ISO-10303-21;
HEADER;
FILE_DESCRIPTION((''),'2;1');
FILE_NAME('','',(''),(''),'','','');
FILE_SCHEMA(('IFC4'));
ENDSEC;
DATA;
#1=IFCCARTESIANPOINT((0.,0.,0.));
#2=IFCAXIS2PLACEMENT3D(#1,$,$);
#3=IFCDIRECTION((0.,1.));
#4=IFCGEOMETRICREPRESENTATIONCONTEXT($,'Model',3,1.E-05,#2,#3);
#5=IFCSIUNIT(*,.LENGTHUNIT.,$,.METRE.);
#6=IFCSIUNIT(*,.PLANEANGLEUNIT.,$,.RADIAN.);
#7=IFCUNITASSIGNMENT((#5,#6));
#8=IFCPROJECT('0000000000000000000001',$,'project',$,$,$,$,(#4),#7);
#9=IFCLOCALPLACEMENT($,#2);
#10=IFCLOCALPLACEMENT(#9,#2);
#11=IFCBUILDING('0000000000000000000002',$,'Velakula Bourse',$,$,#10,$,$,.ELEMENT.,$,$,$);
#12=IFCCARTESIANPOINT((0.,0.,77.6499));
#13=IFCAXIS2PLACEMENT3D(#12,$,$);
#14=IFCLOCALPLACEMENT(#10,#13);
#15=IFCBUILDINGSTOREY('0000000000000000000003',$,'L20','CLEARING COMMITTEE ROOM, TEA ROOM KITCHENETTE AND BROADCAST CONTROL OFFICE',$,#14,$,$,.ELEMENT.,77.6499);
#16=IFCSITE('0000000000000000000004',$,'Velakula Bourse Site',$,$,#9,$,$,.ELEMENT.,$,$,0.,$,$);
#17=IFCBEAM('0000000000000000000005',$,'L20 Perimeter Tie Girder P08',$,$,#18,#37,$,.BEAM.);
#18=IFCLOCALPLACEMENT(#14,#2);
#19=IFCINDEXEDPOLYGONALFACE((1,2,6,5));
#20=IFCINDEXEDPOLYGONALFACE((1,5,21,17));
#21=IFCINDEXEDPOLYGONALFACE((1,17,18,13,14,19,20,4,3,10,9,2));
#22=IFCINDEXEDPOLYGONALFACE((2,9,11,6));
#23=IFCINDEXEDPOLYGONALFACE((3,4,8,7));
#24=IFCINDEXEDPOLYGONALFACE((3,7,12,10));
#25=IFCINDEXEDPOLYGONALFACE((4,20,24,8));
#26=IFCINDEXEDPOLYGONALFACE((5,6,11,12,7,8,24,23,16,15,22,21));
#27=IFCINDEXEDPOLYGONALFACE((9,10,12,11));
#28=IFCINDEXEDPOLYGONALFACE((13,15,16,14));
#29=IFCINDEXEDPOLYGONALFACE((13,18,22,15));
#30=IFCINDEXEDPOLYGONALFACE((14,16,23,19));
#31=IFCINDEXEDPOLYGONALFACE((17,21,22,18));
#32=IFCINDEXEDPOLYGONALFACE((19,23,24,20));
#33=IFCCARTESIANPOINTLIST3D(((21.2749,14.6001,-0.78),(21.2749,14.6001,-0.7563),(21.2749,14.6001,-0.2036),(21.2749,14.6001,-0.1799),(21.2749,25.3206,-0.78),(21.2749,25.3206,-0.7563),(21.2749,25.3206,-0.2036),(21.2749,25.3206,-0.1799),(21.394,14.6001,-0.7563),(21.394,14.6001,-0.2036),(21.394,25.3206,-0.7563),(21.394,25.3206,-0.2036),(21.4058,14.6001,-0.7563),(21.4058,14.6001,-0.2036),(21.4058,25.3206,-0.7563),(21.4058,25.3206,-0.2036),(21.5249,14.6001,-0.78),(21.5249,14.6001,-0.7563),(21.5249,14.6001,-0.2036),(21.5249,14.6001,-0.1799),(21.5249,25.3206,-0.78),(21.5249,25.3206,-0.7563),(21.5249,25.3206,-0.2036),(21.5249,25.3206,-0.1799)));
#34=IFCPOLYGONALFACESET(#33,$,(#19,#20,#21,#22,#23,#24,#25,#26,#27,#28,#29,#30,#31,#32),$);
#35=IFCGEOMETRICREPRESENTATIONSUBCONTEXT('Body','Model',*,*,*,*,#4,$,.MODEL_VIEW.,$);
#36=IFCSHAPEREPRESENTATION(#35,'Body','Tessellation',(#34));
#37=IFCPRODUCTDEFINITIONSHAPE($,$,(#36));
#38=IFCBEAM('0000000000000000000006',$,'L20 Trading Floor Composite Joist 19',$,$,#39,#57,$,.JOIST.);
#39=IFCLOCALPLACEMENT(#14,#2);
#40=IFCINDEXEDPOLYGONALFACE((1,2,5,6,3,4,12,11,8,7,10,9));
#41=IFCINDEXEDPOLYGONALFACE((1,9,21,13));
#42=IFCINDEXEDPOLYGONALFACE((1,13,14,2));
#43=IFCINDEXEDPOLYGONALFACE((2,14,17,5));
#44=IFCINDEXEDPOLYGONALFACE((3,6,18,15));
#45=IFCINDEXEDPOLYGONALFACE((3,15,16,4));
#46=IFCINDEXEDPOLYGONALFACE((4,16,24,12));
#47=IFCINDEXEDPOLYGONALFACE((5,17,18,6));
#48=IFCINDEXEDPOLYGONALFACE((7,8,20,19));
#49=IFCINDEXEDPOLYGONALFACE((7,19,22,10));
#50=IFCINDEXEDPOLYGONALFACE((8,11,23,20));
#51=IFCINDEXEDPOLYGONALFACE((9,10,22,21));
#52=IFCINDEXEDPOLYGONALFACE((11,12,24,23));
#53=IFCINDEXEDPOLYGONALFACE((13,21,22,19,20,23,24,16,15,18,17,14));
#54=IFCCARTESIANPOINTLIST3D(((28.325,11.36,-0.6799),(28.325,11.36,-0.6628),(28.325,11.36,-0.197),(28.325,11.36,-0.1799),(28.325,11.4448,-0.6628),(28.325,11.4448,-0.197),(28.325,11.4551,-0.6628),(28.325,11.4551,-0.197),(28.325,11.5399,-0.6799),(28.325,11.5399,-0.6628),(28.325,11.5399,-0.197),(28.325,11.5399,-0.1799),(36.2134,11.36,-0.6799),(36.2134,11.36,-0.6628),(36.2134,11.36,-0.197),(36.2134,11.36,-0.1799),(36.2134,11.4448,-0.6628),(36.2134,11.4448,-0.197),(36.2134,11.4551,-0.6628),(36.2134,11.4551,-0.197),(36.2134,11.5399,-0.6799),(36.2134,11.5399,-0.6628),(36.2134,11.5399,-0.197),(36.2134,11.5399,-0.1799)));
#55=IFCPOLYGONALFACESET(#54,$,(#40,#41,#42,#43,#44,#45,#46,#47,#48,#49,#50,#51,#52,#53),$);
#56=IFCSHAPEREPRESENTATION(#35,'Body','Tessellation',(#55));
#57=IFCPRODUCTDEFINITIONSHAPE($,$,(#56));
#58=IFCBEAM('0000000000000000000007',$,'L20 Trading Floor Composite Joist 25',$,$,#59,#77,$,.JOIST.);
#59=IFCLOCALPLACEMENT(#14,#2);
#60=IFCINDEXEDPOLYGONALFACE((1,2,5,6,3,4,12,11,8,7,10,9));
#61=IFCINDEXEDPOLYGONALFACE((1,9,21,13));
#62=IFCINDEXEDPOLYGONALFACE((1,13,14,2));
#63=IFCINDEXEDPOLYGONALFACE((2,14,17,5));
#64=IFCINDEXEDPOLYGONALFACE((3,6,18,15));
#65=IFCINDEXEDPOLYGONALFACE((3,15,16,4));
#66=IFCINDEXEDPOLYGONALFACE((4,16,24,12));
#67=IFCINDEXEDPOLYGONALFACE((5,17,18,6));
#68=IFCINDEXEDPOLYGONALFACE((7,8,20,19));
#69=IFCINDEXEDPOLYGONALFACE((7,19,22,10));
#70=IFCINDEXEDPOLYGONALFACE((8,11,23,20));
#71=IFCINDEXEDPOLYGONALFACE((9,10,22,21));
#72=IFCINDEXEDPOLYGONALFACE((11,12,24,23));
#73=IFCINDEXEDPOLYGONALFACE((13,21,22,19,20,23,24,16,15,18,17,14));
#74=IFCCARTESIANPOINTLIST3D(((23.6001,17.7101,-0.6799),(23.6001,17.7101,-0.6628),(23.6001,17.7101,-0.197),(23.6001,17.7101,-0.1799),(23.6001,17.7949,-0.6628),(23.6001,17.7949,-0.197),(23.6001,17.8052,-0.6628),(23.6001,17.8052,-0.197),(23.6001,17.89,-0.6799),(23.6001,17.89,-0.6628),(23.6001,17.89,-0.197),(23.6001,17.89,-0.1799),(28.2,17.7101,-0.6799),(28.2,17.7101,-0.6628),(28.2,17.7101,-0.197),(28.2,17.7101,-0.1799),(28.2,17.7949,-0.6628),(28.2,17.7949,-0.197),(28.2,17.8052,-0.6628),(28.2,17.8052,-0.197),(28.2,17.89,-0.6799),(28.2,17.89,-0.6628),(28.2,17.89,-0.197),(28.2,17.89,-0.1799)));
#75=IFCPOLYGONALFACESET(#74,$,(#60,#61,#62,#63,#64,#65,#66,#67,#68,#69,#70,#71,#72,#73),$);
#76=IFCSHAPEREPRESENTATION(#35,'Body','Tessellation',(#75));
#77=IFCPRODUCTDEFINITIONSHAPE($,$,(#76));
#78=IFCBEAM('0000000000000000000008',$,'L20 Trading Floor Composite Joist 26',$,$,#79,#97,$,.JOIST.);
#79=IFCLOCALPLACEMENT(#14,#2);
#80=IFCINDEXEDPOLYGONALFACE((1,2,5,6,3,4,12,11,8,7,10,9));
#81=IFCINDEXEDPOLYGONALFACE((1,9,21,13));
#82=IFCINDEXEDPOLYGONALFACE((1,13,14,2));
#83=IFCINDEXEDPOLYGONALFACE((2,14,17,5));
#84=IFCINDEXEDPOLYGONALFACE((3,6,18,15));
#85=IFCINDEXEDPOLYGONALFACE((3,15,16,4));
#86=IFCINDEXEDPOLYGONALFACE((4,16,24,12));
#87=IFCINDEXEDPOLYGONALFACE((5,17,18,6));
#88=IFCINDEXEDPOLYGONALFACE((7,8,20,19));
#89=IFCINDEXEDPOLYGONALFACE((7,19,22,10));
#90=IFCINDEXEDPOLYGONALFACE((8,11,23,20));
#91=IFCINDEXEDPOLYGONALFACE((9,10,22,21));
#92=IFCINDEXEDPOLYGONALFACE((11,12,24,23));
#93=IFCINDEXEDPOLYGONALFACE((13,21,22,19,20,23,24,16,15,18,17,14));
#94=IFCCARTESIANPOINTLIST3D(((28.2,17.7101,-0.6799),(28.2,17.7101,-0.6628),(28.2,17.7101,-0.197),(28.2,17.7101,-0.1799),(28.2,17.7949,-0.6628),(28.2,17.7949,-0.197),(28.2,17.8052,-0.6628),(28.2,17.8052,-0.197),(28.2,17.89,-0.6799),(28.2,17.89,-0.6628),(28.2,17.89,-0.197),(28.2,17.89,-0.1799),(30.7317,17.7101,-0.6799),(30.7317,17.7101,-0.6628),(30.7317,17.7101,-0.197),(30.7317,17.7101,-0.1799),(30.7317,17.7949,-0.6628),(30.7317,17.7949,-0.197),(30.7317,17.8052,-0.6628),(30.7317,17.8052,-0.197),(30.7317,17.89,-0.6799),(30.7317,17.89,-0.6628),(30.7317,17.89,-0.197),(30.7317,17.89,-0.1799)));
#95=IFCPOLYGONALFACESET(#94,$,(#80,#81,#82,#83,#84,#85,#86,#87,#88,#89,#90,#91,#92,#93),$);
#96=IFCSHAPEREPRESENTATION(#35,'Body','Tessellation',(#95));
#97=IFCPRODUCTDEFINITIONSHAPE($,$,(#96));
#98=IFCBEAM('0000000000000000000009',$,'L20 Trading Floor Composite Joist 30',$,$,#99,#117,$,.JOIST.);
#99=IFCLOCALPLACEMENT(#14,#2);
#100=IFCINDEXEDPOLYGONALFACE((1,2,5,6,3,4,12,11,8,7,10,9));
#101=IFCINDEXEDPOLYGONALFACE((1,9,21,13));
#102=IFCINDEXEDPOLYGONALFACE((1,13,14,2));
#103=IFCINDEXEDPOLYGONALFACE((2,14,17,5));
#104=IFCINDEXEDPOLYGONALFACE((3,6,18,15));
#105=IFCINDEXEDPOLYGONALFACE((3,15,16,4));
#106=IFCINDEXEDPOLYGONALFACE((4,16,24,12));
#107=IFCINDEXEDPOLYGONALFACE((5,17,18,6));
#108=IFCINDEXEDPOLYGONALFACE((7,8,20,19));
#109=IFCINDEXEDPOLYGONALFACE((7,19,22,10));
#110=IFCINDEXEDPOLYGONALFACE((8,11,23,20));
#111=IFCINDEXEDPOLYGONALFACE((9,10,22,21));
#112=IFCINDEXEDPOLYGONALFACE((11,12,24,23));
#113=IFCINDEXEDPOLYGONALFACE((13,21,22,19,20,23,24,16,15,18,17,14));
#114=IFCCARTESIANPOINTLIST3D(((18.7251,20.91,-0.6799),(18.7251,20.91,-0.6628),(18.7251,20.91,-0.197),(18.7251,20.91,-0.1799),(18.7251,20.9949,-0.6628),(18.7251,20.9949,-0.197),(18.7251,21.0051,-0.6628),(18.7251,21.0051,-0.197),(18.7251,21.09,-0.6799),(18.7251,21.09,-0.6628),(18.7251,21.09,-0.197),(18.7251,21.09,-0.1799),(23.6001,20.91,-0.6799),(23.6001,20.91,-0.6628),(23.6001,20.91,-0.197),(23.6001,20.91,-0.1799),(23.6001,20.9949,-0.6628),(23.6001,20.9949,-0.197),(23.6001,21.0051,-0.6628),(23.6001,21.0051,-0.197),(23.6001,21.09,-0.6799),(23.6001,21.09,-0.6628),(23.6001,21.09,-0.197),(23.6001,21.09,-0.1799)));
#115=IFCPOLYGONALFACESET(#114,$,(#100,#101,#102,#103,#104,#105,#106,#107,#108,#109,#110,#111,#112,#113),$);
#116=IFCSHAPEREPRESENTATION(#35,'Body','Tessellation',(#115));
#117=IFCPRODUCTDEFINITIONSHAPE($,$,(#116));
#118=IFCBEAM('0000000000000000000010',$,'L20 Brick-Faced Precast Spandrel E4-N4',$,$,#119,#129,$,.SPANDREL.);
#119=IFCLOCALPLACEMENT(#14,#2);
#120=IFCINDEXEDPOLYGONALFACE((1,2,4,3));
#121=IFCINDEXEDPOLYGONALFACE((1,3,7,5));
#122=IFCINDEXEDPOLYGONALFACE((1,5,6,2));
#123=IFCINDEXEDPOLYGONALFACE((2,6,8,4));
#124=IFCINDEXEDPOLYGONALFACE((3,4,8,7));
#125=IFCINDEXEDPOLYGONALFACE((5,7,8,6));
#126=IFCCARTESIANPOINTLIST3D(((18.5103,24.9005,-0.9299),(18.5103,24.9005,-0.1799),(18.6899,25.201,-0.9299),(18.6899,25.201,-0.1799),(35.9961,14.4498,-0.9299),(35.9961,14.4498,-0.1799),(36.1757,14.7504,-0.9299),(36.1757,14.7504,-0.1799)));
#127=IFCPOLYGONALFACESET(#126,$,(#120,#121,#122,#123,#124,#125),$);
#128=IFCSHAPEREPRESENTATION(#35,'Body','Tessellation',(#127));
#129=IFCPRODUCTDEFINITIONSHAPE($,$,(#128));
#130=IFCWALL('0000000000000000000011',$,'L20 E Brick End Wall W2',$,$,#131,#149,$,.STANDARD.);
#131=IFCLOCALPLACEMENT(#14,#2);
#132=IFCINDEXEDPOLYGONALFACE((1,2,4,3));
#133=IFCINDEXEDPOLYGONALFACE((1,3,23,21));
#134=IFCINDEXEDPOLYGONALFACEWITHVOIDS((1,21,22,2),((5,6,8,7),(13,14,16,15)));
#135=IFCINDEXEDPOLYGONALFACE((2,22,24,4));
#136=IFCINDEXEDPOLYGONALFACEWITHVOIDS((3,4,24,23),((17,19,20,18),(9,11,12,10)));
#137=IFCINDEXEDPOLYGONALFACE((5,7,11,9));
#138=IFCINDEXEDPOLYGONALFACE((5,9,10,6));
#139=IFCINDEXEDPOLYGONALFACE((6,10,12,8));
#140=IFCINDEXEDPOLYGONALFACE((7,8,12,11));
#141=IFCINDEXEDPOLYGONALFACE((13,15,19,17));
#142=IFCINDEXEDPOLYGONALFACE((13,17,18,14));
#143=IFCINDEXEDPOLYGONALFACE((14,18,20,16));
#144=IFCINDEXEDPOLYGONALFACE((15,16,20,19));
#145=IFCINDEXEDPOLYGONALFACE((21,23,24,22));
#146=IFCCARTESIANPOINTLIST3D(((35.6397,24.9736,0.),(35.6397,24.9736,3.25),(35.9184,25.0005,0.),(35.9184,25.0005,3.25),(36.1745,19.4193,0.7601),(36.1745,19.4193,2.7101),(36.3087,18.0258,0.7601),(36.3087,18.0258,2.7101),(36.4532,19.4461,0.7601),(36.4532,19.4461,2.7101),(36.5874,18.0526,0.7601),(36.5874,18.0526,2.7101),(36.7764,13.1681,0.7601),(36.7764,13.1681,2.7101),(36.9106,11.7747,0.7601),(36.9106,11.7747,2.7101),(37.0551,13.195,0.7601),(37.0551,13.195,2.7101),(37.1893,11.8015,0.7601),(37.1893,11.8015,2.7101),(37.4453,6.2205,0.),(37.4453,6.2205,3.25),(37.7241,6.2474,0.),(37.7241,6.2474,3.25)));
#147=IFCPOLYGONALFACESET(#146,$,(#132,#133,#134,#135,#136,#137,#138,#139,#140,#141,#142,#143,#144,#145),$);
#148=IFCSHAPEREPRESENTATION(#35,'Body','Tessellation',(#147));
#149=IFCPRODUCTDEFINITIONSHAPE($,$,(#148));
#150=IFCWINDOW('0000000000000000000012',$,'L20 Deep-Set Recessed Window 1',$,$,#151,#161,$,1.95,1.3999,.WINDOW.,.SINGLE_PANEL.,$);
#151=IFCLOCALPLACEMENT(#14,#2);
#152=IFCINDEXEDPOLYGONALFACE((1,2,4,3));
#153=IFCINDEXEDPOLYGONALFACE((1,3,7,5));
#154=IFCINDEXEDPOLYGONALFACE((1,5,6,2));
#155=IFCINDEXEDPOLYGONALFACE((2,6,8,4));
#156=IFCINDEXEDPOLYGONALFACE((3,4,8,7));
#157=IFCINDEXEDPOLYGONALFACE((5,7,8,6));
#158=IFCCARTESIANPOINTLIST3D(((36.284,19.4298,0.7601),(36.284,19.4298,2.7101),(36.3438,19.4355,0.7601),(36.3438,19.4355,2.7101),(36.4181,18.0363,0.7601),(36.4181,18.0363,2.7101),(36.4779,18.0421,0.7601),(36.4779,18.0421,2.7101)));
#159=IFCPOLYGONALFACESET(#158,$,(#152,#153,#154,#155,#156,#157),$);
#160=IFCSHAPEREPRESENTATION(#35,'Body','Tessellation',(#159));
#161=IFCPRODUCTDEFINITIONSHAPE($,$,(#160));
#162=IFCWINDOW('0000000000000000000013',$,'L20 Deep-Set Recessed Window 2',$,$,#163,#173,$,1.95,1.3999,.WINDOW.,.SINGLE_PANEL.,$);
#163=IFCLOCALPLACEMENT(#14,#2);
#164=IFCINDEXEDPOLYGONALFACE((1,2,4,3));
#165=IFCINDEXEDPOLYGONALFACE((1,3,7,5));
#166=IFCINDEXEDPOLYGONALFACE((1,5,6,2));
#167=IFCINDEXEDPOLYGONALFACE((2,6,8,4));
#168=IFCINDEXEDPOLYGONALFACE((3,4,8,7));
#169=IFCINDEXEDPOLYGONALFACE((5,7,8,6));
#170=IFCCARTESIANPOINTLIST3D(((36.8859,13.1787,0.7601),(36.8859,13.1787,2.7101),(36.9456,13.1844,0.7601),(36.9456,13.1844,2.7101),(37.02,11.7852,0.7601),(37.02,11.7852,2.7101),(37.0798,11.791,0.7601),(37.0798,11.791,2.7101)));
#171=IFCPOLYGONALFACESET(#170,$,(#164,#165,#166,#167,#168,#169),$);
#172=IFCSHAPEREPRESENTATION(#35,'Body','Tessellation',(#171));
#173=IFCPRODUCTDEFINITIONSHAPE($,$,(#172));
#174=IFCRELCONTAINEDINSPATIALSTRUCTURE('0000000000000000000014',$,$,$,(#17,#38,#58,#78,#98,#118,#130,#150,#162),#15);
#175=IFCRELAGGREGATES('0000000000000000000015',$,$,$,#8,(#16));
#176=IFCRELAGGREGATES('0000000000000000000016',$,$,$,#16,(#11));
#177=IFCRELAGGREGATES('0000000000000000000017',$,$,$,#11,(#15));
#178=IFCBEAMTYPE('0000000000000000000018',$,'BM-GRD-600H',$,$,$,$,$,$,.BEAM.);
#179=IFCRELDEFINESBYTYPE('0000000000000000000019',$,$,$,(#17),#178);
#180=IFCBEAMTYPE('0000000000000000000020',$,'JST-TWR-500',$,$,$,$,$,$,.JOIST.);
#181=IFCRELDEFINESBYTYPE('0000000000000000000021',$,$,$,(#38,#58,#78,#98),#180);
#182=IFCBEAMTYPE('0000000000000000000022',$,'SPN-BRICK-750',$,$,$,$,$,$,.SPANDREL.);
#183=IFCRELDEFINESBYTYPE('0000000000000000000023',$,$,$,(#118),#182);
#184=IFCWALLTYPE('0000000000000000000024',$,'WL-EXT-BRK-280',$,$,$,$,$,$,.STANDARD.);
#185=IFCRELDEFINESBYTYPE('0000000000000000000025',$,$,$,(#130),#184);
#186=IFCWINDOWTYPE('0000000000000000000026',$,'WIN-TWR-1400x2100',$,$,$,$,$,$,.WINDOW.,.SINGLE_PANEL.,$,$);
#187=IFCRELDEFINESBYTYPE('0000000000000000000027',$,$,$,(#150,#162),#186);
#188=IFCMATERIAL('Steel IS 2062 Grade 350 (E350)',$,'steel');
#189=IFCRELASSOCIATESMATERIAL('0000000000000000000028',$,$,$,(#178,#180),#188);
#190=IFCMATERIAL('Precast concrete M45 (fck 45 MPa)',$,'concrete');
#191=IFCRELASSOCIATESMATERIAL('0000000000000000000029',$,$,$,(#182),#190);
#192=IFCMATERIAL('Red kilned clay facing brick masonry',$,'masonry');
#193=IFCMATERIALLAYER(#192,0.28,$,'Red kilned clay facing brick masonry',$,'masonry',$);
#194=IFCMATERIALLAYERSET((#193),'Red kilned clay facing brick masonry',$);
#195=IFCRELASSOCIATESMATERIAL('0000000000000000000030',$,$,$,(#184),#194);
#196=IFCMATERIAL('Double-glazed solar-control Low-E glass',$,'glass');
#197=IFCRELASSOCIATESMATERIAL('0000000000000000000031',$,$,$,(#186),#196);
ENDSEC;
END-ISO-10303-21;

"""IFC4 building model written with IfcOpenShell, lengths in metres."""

from ifc_helpers import new_model, si_unit, direction, frame, frame_2d, origin, origin_2d, place, context, subcontext, project, spatial, rectangle, i_section, extrude, material, layer, layer_set, material_profile, profile_set, type_object, element, fill, save


model = new_model("IFC4")

# Units and contexts
model_context = context("Model", 3, precision=1e-05, world=origin(), true_north=direction((0.0, 1.0)))
body_context = subcontext(model_context, "Body", "Model", "MODEL_VIEW")
ifc_project = project(units=[si_unit("LENGTHUNIT", "METRE"), si_unit("PLANEANGLEUNIT", "RADIAN")], contexts=[model_context])

# Site, building, storey
site_placement = place(None, origin())
site = spatial("IfcSite", under=ifc_project, at=site_placement, Name="Velakula Bourse Site", CompositionType="ELEMENT", RefElevation=0.0)
building_placement = place(site_placement, origin())
building = spatial("IfcBuilding", under=site, at=building_placement, Name="Velakula Bourse", CompositionType="ELEMENT")
storey_placement = place(building_placement, frame((0.0, 0.0, 77.6499)))
storey = spatial("IfcBuildingStorey", under=building, at=storey_placement, Name="L20", Description="CLEARING COMMITTEE ROOM, TEA ROOM KITCHENETTE AND BROADCAST CONTROL OFFICE", CompositionType="ELEMENT", Elevation=77.6499)

# Shared definitions
ifc_material_1 = material(Name="Precast concrete M45 (fck 45 MPa)", Category="concrete")

# Beams
ifc_material_2 = material(Name="Steel IS 2062 Grade 350 (E350)", Category="steel")
ifc_material_profile_1 = material_profile(ifc_material_2, i_section(OverallWidth=0.25, OverallDepth=0.6001, WebThickness=0.0117, FlangeThickness=0.0237, at=origin_2d()), Name="Steel IS 2062 Grade 350 (E350)")
ifc_profile_set_1 = profile_set([ifc_material_profile_1], Name="Steel IS 2062 Grade 350 (E350)")
beam_type_1 = type_object("IfcBeamType", Name="BM-GRD-600H", PredefinedType="BEAM", material=ifc_profile_set_1)
beam_1_placement = place(storey_placement, frame((21.3999, 14.6001, -0.48), z_axis=(0.0, 1.0, 0.0), x_axis=(-1.0, 0.0, 0.0)))
element("IfcBeam", 1, at=beam_1_placement, inside=storey, type_object=beam_type_1, Name="L20 Perimeter Tie Girder P08", PredefinedType="BEAM", context=body_context, shape_type="SweptSolid", body=[
    extrude(i_section(OverallWidth=0.25, OverallDepth=0.6001, WebThickness=0.0117, FlangeThickness=0.0237, at=origin_2d()), origin(), (0.0, 0.0, 1.0), 10.7205),
])
ifc_material_profile_2 = material_profile(ifc_material_2, i_section(OverallWidth=0.1799, OverallDepth=0.5, WebThickness=0.0103, FlangeThickness=0.0171, at=origin_2d()), Name="Steel IS 2062 Grade 350 (E350)")
ifc_profile_set_2 = profile_set([ifc_material_profile_2], Name="Steel IS 2062 Grade 350 (E350)")
beam_type_2 = type_object("IfcBeamType", Name="JST-TWR-500", PredefinedType="JOIST", material=ifc_profile_set_2)
beam_2_placement = place(storey_placement, frame((28.325, 11.45, -0.4299), z_axis=(1.0, 0.0, 0.0), x_axis=(0.0, 1.0, 0.0)))
element("IfcBeam", 2, at=beam_2_placement, inside=storey, type_object=beam_type_2, Name="L20 Trading Floor Composite Joist 19", PredefinedType="JOIST", context=body_context, shape_type="SweptSolid", body=[
    extrude(i_section(OverallWidth=0.1799, OverallDepth=0.5, WebThickness=0.0103, FlangeThickness=0.0171, at=origin_2d()), origin(), (0.0, 0.0, 1.0), 7.8884),
])
beam_3_placement = place(storey_placement, frame((23.6001, 17.8, -0.4299), z_axis=(1.0, 0.0, 0.0), x_axis=(0.0, 1.0, 0.0)))
element("IfcBeam", 3, at=beam_3_placement, inside=storey, type_object=beam_type_2, Name="L20 Trading Floor Composite Joist 25", PredefinedType="JOIST", context=body_context, shape_type="SweptSolid", body=[
    extrude(i_section(OverallWidth=0.1799, OverallDepth=0.5, WebThickness=0.0103, FlangeThickness=0.0171, at=origin_2d()), origin(), (0.0, 0.0, 1.0), 4.5999),
])
beam_4_placement = place(storey_placement, frame((28.2, 17.8, -0.4299), z_axis=(1.0, 0.0, 0.0), x_axis=(0.0, 1.0, 0.0)))
element("IfcBeam", 4, at=beam_4_placement, inside=storey, type_object=beam_type_2, Name="L20 Trading Floor Composite Joist 26", PredefinedType="JOIST", context=body_context, shape_type="SweptSolid", body=[
    extrude(i_section(OverallWidth=0.1799, OverallDepth=0.5, WebThickness=0.0103, FlangeThickness=0.0171, at=origin_2d()), origin(), (0.0, 0.0, 1.0), 2.5317),
])
beam_5_placement = place(storey_placement, frame((18.7251, 21.0, -0.4299), z_axis=(1.0, 0.0, 0.0), x_axis=(0.0, 1.0, 0.0)))
element("IfcBeam", 5, at=beam_5_placement, inside=storey, type_object=beam_type_2, Name="L20 Trading Floor Composite Joist 30", PredefinedType="JOIST", context=body_context, shape_type="SweptSolid", body=[
    extrude(i_section(OverallWidth=0.1799, OverallDepth=0.5, WebThickness=0.0103, FlangeThickness=0.0171, at=origin_2d()), origin(), (0.0, 0.0, 1.0), 4.875),
])
ifc_material_profile_3 = material_profile(ifc_material_1, rectangle(XDim=0.3501, YDim=0.75, at=origin_2d()), Name="Precast concrete M45 (fck 45 MPa)")
ifc_profile_set_3 = profile_set([ifc_material_profile_3], Name="Precast concrete M45 (fck 45 MPa)")
beam_type_3 = type_object("IfcBeamType", Name="SPN-BRICK-750", PredefinedType="SPANDREL", material=ifc_profile_set_3)
beam_6_placement = place(storey_placement, frame((36.0859, 14.6001, -0.5549), z_axis=(-0.858376, 0.513022, 0.0), x_axis=(-0.513022, -0.858376, 0.0)))
element("IfcBeam", 6, at=beam_6_placement, inside=storey, type_object=beam_type_3, Name="L20 Brick-Faced Precast Spandrel E4-N4", PredefinedType="SPANDREL", context=body_context, shape_type="SweptSolid", body=[
    extrude(rectangle(XDim=0.3501, YDim=0.75, at=origin_2d()), origin(), (0.0, 0.0, 1.0), 20.3708),
])

# Wall, openings, windows
ifc_material_3 = material(Name="Red kilned clay facing brick masonry", Category="masonry")
ifc_layer = layer(ifc_material_3, 0.28, Name="Red kilned clay facing brick masonry", Category="masonry")
ifc_layer_set = layer_set([ifc_layer], Name="Red kilned clay facing brick masonry")
wall_type = type_object("IfcWallType", Name="WL-EXT-BRK-280", PredefinedType="STANDARD", material=ifc_layer_set)
wall_1_placement = place(storey_placement, frame((35.7791, 24.9871, 0.0), z_axis=(0.0, 0.0, 1.0), x_axis=(0.095843, -0.995397, 0.0)))
wall_1 = element("IfcWall", 7, at=wall_1_placement, inside=storey, type_object=wall_type, Name="L20 E Brick End Wall W2", PredefinedType="STANDARD", context=body_context, shape_type="SweptSolid", body=[
    extrude(rectangle(XDim=18.8398, YDim=0.28, at=frame_2d((9.4199, 0.0))), origin(), (0.0, 0.0, 1.0), 3.25),
])
opening_1_placement = place(wall_1_placement, frame((5.5801, 0.0, 0.76)))
opening_1 = element("IfcOpeningElement", 8, at=opening_1_placement, cuts=wall_1, PredefinedType="OPENING", context=body_context, shape_type="SweptSolid", body=[
    extrude(rectangle(XDim=1.3999, YDim=1.95, at=frame_2d((0.7, 0.9751))), frame((0.0, 0.1499, 0.0), z_axis=(0.0, -1.0, 0.0), x_axis=(1.0, 0.0, 0.0)), (0.0, 0.0, 1.0), 0.3),
])
opening_2_placement = place(wall_1_placement, frame((11.8601, 0.0, 0.76)))
opening_2 = element("IfcOpeningElement", 9, at=opening_2_placement, cuts=wall_1, PredefinedType="OPENING", context=body_context, shape_type="SweptSolid", body=[
    extrude(rectangle(XDim=1.3999, YDim=1.95, at=frame_2d((0.7, 0.9751))), frame((0.0, 0.1499, 0.0), z_axis=(0.0, -1.0, 0.0), x_axis=(1.0, 0.0, 0.0)), (0.0, 0.0, 1.0), 0.3),
])
ifc_material_4 = material(Name="Double-glazed solar-control Low-E glass", Category="glass")
window_type = type_object("IfcWindowType", Name="WIN-TWR-1400x2100", PartitioningType="SINGLE_PANEL", PredefinedType="WINDOW", material=ifc_material_4)
window_1_placement = place(opening_1_placement, origin())
window_1 = element("IfcWindow", 10, at=window_1_placement, inside=storey, type_object=window_type, Name="L20 Deep-Set Recessed Window 1", OverallHeight=1.95, OverallWidth=1.3999, PartitioningType="SINGLE_PANEL", PredefinedType="WINDOW", context=body_context, shape_type="SweptSolid", body=[
    extrude(rectangle(XDim=1.3999, YDim=1.95, at=frame_2d((0.7, 0.9751))), frame((0.0, 0.03, 0.0), z_axis=(0.0, -1.0, 0.0), x_axis=(1.0, 0.0, 0.0)), (0.0, 0.0, 1.0), 0.0601),
])
fill(opening_1, window_1)
window_2_placement = place(opening_2_placement, origin())
window_2 = element("IfcWindow", 11, at=window_2_placement, inside=storey, type_object=window_type, Name="L20 Deep-Set Recessed Window 2", OverallHeight=1.95, OverallWidth=1.3999, PartitioningType="SINGLE_PANEL", PredefinedType="WINDOW", context=body_context, shape_type="SweptSolid", body=[
    extrude(rectangle(XDim=1.3999, YDim=1.95, at=frame_2d((0.7, 0.9751))), frame((0.0, 0.03, 0.0), z_axis=(0.0, -1.0, 0.0), x_axis=(1.0, 0.0, 0.0)), (0.0, 0.0, 1.0), 0.0601),
])
fill(opening_2, window_2)

save(model, "model.ifc")
